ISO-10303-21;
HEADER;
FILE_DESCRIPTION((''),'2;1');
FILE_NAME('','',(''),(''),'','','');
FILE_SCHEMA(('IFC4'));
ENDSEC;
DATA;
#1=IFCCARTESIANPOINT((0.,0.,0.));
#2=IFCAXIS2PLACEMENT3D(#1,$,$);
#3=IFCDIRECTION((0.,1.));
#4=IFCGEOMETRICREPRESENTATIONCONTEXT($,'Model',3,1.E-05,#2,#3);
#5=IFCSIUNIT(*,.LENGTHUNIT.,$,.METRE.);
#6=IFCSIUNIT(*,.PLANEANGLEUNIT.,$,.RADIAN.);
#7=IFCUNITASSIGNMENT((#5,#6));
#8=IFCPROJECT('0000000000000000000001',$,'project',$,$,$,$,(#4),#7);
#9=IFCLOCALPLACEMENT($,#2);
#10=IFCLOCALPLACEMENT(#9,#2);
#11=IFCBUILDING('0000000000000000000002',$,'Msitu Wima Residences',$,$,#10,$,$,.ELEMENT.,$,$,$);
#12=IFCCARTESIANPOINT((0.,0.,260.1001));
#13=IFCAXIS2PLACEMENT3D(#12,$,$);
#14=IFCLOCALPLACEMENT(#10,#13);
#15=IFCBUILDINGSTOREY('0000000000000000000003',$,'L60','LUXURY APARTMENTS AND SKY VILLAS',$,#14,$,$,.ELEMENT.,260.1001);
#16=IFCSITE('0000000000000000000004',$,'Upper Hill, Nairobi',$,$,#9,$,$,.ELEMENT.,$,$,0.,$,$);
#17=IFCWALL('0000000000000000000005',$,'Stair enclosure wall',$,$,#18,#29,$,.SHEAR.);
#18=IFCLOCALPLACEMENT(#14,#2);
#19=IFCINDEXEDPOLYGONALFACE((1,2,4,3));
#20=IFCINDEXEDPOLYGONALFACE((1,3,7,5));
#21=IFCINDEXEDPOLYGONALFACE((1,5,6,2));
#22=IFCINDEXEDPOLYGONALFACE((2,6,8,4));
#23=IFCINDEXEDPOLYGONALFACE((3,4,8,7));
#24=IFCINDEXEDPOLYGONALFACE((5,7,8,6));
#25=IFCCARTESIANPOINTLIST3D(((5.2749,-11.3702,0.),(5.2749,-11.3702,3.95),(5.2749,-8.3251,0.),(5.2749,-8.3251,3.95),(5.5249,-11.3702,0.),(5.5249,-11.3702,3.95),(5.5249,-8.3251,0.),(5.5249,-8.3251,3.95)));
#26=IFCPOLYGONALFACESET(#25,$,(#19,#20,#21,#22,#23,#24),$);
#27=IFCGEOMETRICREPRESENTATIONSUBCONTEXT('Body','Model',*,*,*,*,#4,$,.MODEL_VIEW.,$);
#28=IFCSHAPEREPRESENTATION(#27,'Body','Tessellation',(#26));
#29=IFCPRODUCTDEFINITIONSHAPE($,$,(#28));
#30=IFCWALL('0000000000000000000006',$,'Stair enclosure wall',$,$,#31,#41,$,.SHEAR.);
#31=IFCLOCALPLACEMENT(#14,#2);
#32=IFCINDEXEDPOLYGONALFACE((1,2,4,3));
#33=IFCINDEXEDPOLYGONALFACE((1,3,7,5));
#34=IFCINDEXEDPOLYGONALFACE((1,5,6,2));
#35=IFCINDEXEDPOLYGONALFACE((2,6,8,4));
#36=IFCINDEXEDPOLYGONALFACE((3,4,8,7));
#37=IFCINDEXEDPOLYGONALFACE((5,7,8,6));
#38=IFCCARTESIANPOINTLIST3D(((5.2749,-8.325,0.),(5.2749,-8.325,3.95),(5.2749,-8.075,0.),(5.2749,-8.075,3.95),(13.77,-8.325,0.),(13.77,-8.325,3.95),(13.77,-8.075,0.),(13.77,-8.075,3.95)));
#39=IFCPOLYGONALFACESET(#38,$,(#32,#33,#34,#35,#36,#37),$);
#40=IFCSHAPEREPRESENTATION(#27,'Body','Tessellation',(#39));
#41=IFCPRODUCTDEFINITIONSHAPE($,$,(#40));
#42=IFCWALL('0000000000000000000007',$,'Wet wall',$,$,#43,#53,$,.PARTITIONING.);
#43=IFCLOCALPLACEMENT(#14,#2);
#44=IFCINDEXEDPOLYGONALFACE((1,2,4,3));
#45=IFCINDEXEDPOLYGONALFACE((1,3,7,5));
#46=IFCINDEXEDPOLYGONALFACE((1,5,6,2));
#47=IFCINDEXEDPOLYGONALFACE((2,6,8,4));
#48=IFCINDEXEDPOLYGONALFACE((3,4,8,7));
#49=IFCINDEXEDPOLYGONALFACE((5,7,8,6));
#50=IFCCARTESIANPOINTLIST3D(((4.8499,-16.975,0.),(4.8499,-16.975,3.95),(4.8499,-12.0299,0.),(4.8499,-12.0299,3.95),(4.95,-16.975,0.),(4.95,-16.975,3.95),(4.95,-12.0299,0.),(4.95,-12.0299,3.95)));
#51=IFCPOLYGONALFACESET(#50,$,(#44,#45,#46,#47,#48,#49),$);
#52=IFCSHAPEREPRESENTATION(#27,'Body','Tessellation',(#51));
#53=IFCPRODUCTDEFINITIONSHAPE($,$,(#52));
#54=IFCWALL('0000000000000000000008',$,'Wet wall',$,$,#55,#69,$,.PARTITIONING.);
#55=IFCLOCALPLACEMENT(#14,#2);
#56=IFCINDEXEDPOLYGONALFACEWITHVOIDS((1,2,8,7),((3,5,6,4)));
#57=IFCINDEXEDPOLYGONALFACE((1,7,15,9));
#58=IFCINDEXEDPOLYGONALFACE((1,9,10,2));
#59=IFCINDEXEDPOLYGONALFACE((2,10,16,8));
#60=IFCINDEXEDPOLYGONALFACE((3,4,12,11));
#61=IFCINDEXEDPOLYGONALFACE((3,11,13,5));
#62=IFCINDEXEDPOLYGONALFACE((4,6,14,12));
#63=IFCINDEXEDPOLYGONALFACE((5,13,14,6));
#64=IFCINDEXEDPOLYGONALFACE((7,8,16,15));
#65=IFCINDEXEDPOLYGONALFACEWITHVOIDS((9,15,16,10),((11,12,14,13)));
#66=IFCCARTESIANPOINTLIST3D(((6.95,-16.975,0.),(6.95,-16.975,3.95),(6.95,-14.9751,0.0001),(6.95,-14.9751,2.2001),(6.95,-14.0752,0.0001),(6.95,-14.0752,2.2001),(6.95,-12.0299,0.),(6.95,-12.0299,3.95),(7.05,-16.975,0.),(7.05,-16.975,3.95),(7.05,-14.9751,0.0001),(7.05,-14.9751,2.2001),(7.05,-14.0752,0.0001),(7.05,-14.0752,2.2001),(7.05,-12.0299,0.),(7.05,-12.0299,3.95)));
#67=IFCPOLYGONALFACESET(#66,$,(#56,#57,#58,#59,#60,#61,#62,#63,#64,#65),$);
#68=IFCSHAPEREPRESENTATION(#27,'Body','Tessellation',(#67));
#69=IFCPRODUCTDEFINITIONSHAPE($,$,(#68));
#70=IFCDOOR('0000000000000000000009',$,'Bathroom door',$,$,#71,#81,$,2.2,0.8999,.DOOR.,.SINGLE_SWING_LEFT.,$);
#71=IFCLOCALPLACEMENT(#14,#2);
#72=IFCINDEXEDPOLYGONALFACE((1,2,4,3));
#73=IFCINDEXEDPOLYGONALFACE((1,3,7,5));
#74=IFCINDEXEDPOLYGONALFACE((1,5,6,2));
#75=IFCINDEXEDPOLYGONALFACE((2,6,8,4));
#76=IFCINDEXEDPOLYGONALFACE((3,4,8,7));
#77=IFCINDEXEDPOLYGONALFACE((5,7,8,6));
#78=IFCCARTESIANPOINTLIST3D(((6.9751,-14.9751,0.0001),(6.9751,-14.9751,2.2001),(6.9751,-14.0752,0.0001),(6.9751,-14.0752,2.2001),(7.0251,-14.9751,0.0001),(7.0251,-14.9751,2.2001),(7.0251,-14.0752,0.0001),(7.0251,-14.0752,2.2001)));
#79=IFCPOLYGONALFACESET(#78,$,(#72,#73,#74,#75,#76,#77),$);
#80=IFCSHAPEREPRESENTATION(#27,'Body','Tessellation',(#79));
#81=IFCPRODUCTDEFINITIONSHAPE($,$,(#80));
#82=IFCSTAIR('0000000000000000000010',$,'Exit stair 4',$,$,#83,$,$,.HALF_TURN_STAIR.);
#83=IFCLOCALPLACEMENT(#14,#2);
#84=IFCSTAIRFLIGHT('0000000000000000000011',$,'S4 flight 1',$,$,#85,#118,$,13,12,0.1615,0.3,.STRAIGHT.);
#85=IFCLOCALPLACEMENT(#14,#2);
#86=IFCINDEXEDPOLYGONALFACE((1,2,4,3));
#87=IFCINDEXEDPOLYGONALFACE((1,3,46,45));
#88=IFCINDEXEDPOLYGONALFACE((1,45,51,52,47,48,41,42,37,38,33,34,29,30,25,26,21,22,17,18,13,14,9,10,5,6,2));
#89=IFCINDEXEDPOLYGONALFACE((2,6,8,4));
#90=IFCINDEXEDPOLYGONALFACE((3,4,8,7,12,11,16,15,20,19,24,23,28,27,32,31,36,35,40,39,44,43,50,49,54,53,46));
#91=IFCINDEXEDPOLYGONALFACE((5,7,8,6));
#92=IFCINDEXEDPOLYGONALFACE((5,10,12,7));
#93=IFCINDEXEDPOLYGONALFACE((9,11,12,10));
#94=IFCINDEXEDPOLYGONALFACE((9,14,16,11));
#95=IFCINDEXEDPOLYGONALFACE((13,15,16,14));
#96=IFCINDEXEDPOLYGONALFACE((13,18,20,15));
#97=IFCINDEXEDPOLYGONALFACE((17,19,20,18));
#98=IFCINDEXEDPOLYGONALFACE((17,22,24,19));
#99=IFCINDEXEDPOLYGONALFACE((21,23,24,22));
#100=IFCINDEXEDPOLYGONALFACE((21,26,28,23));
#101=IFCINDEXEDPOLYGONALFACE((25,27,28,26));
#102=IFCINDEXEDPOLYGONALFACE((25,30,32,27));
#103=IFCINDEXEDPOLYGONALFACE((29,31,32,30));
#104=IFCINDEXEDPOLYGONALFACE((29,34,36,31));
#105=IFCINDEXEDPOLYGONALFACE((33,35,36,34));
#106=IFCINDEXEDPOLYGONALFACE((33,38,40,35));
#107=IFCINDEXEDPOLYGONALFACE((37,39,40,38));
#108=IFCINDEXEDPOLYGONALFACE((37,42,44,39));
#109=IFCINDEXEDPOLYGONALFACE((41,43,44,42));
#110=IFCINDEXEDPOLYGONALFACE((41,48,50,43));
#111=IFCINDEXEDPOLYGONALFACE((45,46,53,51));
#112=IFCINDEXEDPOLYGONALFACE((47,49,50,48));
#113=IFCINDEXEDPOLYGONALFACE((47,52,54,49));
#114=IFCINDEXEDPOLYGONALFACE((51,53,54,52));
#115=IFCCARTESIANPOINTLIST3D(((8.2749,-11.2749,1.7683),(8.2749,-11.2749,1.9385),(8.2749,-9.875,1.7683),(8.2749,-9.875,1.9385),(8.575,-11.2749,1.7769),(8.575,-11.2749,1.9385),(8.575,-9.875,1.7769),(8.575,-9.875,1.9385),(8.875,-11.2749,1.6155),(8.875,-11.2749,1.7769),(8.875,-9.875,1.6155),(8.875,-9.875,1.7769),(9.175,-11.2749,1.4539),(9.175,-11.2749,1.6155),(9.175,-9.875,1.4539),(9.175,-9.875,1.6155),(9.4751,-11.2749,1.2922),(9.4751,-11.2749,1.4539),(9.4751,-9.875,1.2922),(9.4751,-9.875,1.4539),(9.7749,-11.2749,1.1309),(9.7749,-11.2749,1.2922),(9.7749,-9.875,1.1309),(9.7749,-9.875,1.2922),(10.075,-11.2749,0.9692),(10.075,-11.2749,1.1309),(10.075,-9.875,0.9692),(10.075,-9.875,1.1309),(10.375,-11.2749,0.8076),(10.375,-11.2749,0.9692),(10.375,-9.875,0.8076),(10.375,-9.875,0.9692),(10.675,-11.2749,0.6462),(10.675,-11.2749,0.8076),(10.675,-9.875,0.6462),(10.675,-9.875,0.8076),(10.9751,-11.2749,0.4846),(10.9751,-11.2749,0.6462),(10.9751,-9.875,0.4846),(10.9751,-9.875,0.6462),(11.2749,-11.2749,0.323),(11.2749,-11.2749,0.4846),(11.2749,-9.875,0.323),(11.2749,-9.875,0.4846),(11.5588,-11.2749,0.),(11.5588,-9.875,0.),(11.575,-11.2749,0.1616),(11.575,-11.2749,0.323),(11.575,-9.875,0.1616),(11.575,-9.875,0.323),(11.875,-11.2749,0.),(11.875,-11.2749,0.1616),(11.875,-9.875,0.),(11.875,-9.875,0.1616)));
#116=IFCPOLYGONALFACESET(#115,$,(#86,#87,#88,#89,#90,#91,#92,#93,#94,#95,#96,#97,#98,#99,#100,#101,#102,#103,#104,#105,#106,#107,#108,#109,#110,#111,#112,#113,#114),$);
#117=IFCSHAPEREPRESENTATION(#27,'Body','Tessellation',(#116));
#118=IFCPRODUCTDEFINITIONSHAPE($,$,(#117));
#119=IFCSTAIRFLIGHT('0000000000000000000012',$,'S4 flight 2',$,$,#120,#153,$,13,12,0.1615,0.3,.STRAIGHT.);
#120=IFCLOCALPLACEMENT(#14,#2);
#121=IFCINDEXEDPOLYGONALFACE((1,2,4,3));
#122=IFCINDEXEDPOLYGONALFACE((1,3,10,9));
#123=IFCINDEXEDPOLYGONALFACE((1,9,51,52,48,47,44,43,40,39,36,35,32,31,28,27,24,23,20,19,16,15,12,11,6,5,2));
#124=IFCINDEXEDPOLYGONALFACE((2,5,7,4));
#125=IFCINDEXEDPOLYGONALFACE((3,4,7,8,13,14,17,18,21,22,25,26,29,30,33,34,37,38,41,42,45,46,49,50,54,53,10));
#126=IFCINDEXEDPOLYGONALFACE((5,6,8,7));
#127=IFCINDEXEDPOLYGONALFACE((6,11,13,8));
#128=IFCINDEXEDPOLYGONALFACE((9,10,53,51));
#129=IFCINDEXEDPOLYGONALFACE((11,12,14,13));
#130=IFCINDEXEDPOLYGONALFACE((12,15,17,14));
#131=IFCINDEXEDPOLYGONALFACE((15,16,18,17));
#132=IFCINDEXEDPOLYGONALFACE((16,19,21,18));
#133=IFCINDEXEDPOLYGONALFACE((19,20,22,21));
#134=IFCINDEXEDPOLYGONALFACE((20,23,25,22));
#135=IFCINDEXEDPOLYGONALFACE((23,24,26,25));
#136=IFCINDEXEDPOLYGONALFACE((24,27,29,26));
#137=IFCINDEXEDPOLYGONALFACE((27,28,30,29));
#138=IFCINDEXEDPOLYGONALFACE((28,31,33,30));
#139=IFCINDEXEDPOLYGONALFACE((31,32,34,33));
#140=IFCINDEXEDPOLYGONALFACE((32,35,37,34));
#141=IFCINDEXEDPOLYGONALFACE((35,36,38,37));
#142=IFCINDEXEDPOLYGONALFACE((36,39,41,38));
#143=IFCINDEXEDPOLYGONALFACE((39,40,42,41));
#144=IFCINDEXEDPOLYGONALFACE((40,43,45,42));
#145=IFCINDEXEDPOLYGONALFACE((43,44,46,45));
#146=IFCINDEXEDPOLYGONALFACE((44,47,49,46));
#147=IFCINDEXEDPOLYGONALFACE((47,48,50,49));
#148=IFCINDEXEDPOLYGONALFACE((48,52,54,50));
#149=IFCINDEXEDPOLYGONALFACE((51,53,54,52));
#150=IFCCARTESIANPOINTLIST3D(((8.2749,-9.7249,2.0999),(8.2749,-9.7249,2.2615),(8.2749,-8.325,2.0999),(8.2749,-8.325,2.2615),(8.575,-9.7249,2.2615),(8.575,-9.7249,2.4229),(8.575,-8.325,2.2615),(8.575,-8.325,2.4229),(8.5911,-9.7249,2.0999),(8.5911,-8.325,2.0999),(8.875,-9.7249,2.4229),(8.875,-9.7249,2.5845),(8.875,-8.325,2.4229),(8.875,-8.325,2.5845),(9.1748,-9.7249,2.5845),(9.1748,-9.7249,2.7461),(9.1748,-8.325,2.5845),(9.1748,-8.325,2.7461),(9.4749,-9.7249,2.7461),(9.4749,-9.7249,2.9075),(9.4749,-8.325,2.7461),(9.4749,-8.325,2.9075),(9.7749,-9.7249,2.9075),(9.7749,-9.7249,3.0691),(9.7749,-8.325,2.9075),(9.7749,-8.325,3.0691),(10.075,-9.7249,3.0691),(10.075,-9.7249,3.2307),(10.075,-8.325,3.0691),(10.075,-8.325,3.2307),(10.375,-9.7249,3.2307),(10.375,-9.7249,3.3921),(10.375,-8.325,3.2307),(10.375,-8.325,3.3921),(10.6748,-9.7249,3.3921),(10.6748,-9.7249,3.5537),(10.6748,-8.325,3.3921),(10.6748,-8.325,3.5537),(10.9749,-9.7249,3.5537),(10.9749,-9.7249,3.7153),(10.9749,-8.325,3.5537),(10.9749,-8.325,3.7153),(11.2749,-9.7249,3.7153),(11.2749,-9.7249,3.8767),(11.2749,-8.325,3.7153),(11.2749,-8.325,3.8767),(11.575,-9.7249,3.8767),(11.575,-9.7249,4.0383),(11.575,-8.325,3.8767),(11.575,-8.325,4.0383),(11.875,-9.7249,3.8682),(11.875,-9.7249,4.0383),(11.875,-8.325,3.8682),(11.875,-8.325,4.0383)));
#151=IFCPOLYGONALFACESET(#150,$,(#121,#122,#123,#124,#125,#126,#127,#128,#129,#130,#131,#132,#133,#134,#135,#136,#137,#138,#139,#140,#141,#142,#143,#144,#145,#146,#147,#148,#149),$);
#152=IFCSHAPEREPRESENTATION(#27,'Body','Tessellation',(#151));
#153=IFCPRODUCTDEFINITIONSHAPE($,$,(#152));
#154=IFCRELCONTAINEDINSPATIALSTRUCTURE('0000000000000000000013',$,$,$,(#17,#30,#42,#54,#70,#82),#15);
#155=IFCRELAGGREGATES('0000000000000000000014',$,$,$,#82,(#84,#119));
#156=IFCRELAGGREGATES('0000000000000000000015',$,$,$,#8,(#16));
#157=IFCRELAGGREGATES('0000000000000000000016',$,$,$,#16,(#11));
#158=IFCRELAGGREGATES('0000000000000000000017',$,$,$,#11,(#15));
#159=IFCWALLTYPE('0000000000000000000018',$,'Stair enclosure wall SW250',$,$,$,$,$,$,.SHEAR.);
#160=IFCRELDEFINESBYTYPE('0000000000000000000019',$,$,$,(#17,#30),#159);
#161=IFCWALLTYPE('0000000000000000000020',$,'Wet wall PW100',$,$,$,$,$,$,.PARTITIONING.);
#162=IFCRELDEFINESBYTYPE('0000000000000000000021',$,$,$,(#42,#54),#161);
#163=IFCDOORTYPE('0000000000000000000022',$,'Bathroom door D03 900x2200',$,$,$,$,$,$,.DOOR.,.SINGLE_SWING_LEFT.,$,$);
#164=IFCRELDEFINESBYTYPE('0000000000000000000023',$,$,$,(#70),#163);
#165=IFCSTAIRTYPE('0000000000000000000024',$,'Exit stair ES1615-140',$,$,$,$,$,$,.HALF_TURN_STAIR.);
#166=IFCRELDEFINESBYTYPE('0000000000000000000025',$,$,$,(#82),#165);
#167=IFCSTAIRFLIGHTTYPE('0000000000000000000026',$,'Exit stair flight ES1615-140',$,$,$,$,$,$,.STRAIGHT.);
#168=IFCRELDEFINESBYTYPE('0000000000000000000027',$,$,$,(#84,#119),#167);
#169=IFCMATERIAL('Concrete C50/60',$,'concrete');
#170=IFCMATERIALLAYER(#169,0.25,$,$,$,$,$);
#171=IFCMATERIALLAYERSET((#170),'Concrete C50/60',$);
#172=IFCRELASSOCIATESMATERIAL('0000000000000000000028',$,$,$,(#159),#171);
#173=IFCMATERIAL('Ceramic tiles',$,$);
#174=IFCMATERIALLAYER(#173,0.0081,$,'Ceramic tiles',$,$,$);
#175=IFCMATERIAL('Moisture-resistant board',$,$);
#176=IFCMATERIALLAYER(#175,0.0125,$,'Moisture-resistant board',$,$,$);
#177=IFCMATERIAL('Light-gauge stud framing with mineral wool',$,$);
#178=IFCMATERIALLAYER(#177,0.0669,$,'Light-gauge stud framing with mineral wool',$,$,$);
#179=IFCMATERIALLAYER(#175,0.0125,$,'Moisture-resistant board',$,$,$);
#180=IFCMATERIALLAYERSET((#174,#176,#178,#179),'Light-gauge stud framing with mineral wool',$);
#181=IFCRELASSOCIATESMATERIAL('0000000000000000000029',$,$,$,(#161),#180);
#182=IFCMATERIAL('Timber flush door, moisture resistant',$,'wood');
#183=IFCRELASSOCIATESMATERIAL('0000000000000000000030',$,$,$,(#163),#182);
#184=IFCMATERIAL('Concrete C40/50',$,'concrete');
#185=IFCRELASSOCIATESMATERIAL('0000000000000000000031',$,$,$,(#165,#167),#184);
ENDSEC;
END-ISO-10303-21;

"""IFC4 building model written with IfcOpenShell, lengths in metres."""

from ifc_helpers import new_model, si_unit, direction, frame, frame_2d, origin, place, context, subcontext, project, spatial, polyline, rectangle, outline, extrude, material, layer, layer_set, type_object, element, fill, aggregate, save


model = new_model("IFC4")

# Units and contexts
model_context = context("Model", 3, precision=1e-05, world=origin(), true_north=direction((0.0, 1.0)))
body_context = subcontext(model_context, "Body", "Model", "MODEL_VIEW")
ifc_project = project(units=[si_unit("LENGTHUNIT", "METRE"), si_unit("PLANEANGLEUNIT", "RADIAN")], contexts=[model_context])

# Site, building, storey
site_placement = place(None, origin())
site = spatial("IfcSite", under=ifc_project, at=site_placement, Name="Upper Hill, Nairobi", CompositionType="ELEMENT", RefElevation=0.0)
building_placement = place(site_placement, origin())
building = spatial("IfcBuilding", under=site, at=building_placement, Name="Msitu Wima Residences", CompositionType="ELEMENT")
storey_placement = place(building_placement, frame((0.0, 0.0, 260.1001)))
storey = spatial("IfcBuildingStorey", under=building, at=storey_placement, Name="L60", Description="LUXURY APARTMENTS AND SKY VILLAS", CompositionType="ELEMENT", Elevation=260.1001)

# Shared definitions
ifc_material_1 = material(Name="Concrete C40/50", Category="concrete")

# Walls
ifc_material_2 = material(Name="Light-gauge stud framing with mineral wool")
ifc_material_3 = material(Name="Concrete C50/60", Category="concrete")
ifc_layer_1 = layer(ifc_material_3, 0.25)
ifc_layer_set_1 = layer_set([ifc_layer_1], Name="Concrete C50/60")
wall_type_1 = type_object("IfcWallType", Name="Stair enclosure wall SW250", PredefinedType="SHEAR", material=ifc_layer_set_1)
wall_1_placement = place(storey_placement, frame((5.3999, -11.3701, 0.0), z_axis=(0.0, 0.0, 1.0), x_axis=(0.0, 1.0, 0.0)))
element("IfcWall", 1, at=wall_1_placement, inside=storey, type_object=wall_type_1, Name="Stair enclosure wall", PredefinedType="SHEAR", context=body_context, shape_type="SweptSolid", body=[
    extrude(rectangle(XDim=3.0452, YDim=0.25, at=frame_2d((1.5225, 0.0))), origin(), (0.0, 0.0, 1.0), 3.95),
])
wall_2_placement = place(storey_placement, frame((5.2749, -8.2, 0.0), z_axis=(0.0, 0.0, 1.0), x_axis=(1.0, 0.0, 0.0)))
element("IfcWall", 2, at=wall_2_placement, inside=storey, type_object=wall_type_1, Name="Stair enclosure wall", PredefinedType="SHEAR", context=body_context, shape_type="SweptSolid", body=[
    extrude(rectangle(XDim=8.4951, YDim=0.25, at=frame_2d((4.2476, 0.0))), origin(), (0.0, 0.0, 1.0), 3.95),
])
ifc_material_4 = material(Name="Ceramic tiles")
ifc_layer_2 = layer(ifc_material_4, 0.0081, Name="Ceramic tiles")
ifc_material_5 = material(Name="Moisture-resistant board")
ifc_layer_3 = layer(ifc_material_5, 0.0125, Name="Moisture-resistant board")
ifc_layer_4 = layer(ifc_material_2, 0.0669, Name="Light-gauge stud framing with mineral wool")
ifc_layer_5 = layer(ifc_material_5, 0.0125, Name="Moisture-resistant board")
ifc_layer_set_2 = layer_set([ifc_layer_2, ifc_layer_3, ifc_layer_4, ifc_layer_5], Name="Light-gauge stud framing with mineral wool")
wall_type_2 = type_object("IfcWallType", Name="Wet wall PW100", PredefinedType="PARTITIONING", material=ifc_layer_set_2)
wall_3_placement = place(storey_placement, frame((4.8999, -16.9751, 0.0), z_axis=(0.0, 0.0, 1.0), x_axis=(0.0, 1.0, 0.0)))
element("IfcWall", 3, at=wall_3_placement, inside=storey, type_object=wall_type_2, Name="Wet wall", PredefinedType="PARTITIONING", context=body_context, shape_type="SweptSolid", body=[
    extrude(rectangle(XDim=4.9451, YDim=0.1001, at=frame_2d((2.4727, 0.0))), origin(), (0.0, 0.0, 1.0), 3.95),
])

# Wall, opening, door
wall_4_placement = place(storey_placement, frame((7.0, -16.9751, 0.0), z_axis=(0.0, 0.0, 1.0), x_axis=(0.0, 1.0, 0.0)))
wall_4 = element("IfcWall", 4, at=wall_4_placement, inside=storey, type_object=wall_type_2, Name="Wet wall", PredefinedType="PARTITIONING", context=body_context, shape_type="SweptSolid", body=[
    extrude(rectangle(XDim=4.9451, YDim=0.1001, at=frame_2d((2.4727, 0.0))), origin(), (0.0, 0.0, 1.0), 3.95),
])
opening_1_placement = place(wall_4_placement, frame((2.0, 0.0, 0.0)))
opening_1 = element("IfcOpeningElement", 5, at=opening_1_placement, cuts=wall_4, PredefinedType="OPENING", context=body_context, shape_type="SweptSolid", body=[
    extrude(rectangle(XDim=0.8999, YDim=2.2, at=frame_2d((0.45, 1.1001))), frame((0.0, 0.0601, 0.0), z_axis=(0.0, -1.0, 0.0), x_axis=(1.0, 0.0, 0.0)), (0.0, 0.0, 1.0), 0.1201),
])
ifc_material_6 = material(Name="Timber flush door, moisture resistant", Category="wood")
door_type_1 = type_object("IfcDoorType", Name="Bathroom door D03 900x2200", OperationType="SINGLE_SWING_LEFT", PredefinedType="DOOR", material=ifc_material_6)
door_1_placement = place(opening_1_placement, origin())
door_1 = element("IfcDoor", 6, at=door_1_placement, inside=storey, type_object=door_type_1, Name="Bathroom door", OperationType="SINGLE_SWING_LEFT", OverallHeight=2.2, OverallWidth=0.8999, PredefinedType="DOOR", context=body_context, shape_type="SweptSolid", body=[
    extrude(rectangle(XDim=0.8999, YDim=2.2, at=frame_2d((0.45, 1.1001))), frame((0.0, 0.0249, 0.0), z_axis=(0.0, -1.0, 0.0), x_axis=(1.0, 0.0, 0.0)), (0.0, 0.0, 1.0), 0.05),
])
fill(opening_1, door_1)

# Stair, stair flights
stair_type = type_object("IfcStairType", Name="Exit stair ES1615-140", PredefinedType="HALF_TURN_STAIR", material=ifc_material_1)
stair_placement = place(storey_placement, origin())
stair = element("IfcStair", 7, at=stair_placement, inside=storey, type_object=stair_type, Name="Exit stair 4", PredefinedType="HALF_TURN_STAIR")
stair_flight_type = type_object("IfcStairFlightType", Name="Exit stair flight ES1615-140", PredefinedType="STRAIGHT", material=ifc_material_1)
stair_flight_1_placement = place(storey_placement, frame((11.875, -10.575, 0.0), z_axis=(0.0, 0.0, 1.0), x_axis=(-1.0, 0.0, 0.0)))
stair_flight_1 = element("IfcStairFlight", 8, at=stair_flight_1_placement, type_object=stair_flight_type, Name="S4 flight 1", NumberOfRisers=13, NumberOfTreads=12, PredefinedType="STRAIGHT", RiserHeight=0.1615, TreadLength=0.3, context=body_context, shape_type="SweptSolid", body=[
    extrude(outline(polyline([(0.0, 0.0), (0.0, 0.1616), (0.3, 0.1616), (0.3, 0.323), (0.6001, 0.323), (0.6001, 0.4846), (0.8999, 0.4846), (0.8999, 0.6462), (1.2, 0.6462), (1.2, 0.8076), (1.5, 0.8076), (1.5, 0.9692), (1.8, 0.9692), (1.8, 1.1309), (2.1001, 1.1309), (2.1001, 1.2922), (2.3999, 1.2922), (2.3999, 1.4539), (2.7, 1.4539), (2.7, 1.6155), (3.0, 1.6155), (3.0, 1.7769), (3.3, 1.7769), (3.3, 1.9385), (3.6001, 1.9385), (3.6001, 2.1001), (3.6001, 1.7683), (0.3162, 0.0), (0.0, 0.0)])), frame((0.0, 0.7, 0.0), z_axis=(0.0, -1.0, 0.0), x_axis=(1.0, 0.0, 0.0)), (0.0, 0.0, 1.0), 1.3999),
])
stair_flight_2_placement = place(storey_placement, frame((8.2749, -9.0249, 2.0999), z_axis=(0.0, 0.0, 1.0), x_axis=(1.0, 0.0, 0.0)))
stair_flight_2 = element("IfcStairFlight", 9, at=stair_flight_2_placement, type_object=stair_flight_type, Name="S4 flight 2", NumberOfRisers=13, NumberOfTreads=12, PredefinedType="STRAIGHT", RiserHeight=0.1615, TreadLength=0.3, context=body_context, shape_type="SweptSolid", body=[
    extrude(outline(polyline([(0.0, 0.0), (0.0, 0.1616), (0.3, 0.1616), (0.3, 0.323), (0.6001, 0.323), (0.6001, 0.4846), (0.8999, 0.4846), (0.8999, 0.6462), (1.2, 0.6462), (1.2, 0.8076), (1.5, 0.8076), (1.5, 0.9692), (1.8, 0.9692), (1.8, 1.1309), (2.1001, 1.1309), (2.1001, 1.2922), (2.3999, 1.2922), (2.3999, 1.4539), (2.7, 1.4539), (2.7, 1.6155), (3.0, 1.6155), (3.0, 1.7769), (3.3, 1.7769), (3.3, 1.9385), (3.6001, 1.9385), (3.6001, 2.1001), (3.6001, 1.7683), (0.3162, 0.0), (0.0, 0.0)])), frame((0.0, 0.7, 0.0), z_axis=(0.0, -1.0, 0.0), x_axis=(1.0, 0.0, 0.0)), (0.0, 0.0, 1.0), 1.3999),
])
aggregate(stair, [stair_flight_1, stair_flight_2])

save(model, "model.ifc")
